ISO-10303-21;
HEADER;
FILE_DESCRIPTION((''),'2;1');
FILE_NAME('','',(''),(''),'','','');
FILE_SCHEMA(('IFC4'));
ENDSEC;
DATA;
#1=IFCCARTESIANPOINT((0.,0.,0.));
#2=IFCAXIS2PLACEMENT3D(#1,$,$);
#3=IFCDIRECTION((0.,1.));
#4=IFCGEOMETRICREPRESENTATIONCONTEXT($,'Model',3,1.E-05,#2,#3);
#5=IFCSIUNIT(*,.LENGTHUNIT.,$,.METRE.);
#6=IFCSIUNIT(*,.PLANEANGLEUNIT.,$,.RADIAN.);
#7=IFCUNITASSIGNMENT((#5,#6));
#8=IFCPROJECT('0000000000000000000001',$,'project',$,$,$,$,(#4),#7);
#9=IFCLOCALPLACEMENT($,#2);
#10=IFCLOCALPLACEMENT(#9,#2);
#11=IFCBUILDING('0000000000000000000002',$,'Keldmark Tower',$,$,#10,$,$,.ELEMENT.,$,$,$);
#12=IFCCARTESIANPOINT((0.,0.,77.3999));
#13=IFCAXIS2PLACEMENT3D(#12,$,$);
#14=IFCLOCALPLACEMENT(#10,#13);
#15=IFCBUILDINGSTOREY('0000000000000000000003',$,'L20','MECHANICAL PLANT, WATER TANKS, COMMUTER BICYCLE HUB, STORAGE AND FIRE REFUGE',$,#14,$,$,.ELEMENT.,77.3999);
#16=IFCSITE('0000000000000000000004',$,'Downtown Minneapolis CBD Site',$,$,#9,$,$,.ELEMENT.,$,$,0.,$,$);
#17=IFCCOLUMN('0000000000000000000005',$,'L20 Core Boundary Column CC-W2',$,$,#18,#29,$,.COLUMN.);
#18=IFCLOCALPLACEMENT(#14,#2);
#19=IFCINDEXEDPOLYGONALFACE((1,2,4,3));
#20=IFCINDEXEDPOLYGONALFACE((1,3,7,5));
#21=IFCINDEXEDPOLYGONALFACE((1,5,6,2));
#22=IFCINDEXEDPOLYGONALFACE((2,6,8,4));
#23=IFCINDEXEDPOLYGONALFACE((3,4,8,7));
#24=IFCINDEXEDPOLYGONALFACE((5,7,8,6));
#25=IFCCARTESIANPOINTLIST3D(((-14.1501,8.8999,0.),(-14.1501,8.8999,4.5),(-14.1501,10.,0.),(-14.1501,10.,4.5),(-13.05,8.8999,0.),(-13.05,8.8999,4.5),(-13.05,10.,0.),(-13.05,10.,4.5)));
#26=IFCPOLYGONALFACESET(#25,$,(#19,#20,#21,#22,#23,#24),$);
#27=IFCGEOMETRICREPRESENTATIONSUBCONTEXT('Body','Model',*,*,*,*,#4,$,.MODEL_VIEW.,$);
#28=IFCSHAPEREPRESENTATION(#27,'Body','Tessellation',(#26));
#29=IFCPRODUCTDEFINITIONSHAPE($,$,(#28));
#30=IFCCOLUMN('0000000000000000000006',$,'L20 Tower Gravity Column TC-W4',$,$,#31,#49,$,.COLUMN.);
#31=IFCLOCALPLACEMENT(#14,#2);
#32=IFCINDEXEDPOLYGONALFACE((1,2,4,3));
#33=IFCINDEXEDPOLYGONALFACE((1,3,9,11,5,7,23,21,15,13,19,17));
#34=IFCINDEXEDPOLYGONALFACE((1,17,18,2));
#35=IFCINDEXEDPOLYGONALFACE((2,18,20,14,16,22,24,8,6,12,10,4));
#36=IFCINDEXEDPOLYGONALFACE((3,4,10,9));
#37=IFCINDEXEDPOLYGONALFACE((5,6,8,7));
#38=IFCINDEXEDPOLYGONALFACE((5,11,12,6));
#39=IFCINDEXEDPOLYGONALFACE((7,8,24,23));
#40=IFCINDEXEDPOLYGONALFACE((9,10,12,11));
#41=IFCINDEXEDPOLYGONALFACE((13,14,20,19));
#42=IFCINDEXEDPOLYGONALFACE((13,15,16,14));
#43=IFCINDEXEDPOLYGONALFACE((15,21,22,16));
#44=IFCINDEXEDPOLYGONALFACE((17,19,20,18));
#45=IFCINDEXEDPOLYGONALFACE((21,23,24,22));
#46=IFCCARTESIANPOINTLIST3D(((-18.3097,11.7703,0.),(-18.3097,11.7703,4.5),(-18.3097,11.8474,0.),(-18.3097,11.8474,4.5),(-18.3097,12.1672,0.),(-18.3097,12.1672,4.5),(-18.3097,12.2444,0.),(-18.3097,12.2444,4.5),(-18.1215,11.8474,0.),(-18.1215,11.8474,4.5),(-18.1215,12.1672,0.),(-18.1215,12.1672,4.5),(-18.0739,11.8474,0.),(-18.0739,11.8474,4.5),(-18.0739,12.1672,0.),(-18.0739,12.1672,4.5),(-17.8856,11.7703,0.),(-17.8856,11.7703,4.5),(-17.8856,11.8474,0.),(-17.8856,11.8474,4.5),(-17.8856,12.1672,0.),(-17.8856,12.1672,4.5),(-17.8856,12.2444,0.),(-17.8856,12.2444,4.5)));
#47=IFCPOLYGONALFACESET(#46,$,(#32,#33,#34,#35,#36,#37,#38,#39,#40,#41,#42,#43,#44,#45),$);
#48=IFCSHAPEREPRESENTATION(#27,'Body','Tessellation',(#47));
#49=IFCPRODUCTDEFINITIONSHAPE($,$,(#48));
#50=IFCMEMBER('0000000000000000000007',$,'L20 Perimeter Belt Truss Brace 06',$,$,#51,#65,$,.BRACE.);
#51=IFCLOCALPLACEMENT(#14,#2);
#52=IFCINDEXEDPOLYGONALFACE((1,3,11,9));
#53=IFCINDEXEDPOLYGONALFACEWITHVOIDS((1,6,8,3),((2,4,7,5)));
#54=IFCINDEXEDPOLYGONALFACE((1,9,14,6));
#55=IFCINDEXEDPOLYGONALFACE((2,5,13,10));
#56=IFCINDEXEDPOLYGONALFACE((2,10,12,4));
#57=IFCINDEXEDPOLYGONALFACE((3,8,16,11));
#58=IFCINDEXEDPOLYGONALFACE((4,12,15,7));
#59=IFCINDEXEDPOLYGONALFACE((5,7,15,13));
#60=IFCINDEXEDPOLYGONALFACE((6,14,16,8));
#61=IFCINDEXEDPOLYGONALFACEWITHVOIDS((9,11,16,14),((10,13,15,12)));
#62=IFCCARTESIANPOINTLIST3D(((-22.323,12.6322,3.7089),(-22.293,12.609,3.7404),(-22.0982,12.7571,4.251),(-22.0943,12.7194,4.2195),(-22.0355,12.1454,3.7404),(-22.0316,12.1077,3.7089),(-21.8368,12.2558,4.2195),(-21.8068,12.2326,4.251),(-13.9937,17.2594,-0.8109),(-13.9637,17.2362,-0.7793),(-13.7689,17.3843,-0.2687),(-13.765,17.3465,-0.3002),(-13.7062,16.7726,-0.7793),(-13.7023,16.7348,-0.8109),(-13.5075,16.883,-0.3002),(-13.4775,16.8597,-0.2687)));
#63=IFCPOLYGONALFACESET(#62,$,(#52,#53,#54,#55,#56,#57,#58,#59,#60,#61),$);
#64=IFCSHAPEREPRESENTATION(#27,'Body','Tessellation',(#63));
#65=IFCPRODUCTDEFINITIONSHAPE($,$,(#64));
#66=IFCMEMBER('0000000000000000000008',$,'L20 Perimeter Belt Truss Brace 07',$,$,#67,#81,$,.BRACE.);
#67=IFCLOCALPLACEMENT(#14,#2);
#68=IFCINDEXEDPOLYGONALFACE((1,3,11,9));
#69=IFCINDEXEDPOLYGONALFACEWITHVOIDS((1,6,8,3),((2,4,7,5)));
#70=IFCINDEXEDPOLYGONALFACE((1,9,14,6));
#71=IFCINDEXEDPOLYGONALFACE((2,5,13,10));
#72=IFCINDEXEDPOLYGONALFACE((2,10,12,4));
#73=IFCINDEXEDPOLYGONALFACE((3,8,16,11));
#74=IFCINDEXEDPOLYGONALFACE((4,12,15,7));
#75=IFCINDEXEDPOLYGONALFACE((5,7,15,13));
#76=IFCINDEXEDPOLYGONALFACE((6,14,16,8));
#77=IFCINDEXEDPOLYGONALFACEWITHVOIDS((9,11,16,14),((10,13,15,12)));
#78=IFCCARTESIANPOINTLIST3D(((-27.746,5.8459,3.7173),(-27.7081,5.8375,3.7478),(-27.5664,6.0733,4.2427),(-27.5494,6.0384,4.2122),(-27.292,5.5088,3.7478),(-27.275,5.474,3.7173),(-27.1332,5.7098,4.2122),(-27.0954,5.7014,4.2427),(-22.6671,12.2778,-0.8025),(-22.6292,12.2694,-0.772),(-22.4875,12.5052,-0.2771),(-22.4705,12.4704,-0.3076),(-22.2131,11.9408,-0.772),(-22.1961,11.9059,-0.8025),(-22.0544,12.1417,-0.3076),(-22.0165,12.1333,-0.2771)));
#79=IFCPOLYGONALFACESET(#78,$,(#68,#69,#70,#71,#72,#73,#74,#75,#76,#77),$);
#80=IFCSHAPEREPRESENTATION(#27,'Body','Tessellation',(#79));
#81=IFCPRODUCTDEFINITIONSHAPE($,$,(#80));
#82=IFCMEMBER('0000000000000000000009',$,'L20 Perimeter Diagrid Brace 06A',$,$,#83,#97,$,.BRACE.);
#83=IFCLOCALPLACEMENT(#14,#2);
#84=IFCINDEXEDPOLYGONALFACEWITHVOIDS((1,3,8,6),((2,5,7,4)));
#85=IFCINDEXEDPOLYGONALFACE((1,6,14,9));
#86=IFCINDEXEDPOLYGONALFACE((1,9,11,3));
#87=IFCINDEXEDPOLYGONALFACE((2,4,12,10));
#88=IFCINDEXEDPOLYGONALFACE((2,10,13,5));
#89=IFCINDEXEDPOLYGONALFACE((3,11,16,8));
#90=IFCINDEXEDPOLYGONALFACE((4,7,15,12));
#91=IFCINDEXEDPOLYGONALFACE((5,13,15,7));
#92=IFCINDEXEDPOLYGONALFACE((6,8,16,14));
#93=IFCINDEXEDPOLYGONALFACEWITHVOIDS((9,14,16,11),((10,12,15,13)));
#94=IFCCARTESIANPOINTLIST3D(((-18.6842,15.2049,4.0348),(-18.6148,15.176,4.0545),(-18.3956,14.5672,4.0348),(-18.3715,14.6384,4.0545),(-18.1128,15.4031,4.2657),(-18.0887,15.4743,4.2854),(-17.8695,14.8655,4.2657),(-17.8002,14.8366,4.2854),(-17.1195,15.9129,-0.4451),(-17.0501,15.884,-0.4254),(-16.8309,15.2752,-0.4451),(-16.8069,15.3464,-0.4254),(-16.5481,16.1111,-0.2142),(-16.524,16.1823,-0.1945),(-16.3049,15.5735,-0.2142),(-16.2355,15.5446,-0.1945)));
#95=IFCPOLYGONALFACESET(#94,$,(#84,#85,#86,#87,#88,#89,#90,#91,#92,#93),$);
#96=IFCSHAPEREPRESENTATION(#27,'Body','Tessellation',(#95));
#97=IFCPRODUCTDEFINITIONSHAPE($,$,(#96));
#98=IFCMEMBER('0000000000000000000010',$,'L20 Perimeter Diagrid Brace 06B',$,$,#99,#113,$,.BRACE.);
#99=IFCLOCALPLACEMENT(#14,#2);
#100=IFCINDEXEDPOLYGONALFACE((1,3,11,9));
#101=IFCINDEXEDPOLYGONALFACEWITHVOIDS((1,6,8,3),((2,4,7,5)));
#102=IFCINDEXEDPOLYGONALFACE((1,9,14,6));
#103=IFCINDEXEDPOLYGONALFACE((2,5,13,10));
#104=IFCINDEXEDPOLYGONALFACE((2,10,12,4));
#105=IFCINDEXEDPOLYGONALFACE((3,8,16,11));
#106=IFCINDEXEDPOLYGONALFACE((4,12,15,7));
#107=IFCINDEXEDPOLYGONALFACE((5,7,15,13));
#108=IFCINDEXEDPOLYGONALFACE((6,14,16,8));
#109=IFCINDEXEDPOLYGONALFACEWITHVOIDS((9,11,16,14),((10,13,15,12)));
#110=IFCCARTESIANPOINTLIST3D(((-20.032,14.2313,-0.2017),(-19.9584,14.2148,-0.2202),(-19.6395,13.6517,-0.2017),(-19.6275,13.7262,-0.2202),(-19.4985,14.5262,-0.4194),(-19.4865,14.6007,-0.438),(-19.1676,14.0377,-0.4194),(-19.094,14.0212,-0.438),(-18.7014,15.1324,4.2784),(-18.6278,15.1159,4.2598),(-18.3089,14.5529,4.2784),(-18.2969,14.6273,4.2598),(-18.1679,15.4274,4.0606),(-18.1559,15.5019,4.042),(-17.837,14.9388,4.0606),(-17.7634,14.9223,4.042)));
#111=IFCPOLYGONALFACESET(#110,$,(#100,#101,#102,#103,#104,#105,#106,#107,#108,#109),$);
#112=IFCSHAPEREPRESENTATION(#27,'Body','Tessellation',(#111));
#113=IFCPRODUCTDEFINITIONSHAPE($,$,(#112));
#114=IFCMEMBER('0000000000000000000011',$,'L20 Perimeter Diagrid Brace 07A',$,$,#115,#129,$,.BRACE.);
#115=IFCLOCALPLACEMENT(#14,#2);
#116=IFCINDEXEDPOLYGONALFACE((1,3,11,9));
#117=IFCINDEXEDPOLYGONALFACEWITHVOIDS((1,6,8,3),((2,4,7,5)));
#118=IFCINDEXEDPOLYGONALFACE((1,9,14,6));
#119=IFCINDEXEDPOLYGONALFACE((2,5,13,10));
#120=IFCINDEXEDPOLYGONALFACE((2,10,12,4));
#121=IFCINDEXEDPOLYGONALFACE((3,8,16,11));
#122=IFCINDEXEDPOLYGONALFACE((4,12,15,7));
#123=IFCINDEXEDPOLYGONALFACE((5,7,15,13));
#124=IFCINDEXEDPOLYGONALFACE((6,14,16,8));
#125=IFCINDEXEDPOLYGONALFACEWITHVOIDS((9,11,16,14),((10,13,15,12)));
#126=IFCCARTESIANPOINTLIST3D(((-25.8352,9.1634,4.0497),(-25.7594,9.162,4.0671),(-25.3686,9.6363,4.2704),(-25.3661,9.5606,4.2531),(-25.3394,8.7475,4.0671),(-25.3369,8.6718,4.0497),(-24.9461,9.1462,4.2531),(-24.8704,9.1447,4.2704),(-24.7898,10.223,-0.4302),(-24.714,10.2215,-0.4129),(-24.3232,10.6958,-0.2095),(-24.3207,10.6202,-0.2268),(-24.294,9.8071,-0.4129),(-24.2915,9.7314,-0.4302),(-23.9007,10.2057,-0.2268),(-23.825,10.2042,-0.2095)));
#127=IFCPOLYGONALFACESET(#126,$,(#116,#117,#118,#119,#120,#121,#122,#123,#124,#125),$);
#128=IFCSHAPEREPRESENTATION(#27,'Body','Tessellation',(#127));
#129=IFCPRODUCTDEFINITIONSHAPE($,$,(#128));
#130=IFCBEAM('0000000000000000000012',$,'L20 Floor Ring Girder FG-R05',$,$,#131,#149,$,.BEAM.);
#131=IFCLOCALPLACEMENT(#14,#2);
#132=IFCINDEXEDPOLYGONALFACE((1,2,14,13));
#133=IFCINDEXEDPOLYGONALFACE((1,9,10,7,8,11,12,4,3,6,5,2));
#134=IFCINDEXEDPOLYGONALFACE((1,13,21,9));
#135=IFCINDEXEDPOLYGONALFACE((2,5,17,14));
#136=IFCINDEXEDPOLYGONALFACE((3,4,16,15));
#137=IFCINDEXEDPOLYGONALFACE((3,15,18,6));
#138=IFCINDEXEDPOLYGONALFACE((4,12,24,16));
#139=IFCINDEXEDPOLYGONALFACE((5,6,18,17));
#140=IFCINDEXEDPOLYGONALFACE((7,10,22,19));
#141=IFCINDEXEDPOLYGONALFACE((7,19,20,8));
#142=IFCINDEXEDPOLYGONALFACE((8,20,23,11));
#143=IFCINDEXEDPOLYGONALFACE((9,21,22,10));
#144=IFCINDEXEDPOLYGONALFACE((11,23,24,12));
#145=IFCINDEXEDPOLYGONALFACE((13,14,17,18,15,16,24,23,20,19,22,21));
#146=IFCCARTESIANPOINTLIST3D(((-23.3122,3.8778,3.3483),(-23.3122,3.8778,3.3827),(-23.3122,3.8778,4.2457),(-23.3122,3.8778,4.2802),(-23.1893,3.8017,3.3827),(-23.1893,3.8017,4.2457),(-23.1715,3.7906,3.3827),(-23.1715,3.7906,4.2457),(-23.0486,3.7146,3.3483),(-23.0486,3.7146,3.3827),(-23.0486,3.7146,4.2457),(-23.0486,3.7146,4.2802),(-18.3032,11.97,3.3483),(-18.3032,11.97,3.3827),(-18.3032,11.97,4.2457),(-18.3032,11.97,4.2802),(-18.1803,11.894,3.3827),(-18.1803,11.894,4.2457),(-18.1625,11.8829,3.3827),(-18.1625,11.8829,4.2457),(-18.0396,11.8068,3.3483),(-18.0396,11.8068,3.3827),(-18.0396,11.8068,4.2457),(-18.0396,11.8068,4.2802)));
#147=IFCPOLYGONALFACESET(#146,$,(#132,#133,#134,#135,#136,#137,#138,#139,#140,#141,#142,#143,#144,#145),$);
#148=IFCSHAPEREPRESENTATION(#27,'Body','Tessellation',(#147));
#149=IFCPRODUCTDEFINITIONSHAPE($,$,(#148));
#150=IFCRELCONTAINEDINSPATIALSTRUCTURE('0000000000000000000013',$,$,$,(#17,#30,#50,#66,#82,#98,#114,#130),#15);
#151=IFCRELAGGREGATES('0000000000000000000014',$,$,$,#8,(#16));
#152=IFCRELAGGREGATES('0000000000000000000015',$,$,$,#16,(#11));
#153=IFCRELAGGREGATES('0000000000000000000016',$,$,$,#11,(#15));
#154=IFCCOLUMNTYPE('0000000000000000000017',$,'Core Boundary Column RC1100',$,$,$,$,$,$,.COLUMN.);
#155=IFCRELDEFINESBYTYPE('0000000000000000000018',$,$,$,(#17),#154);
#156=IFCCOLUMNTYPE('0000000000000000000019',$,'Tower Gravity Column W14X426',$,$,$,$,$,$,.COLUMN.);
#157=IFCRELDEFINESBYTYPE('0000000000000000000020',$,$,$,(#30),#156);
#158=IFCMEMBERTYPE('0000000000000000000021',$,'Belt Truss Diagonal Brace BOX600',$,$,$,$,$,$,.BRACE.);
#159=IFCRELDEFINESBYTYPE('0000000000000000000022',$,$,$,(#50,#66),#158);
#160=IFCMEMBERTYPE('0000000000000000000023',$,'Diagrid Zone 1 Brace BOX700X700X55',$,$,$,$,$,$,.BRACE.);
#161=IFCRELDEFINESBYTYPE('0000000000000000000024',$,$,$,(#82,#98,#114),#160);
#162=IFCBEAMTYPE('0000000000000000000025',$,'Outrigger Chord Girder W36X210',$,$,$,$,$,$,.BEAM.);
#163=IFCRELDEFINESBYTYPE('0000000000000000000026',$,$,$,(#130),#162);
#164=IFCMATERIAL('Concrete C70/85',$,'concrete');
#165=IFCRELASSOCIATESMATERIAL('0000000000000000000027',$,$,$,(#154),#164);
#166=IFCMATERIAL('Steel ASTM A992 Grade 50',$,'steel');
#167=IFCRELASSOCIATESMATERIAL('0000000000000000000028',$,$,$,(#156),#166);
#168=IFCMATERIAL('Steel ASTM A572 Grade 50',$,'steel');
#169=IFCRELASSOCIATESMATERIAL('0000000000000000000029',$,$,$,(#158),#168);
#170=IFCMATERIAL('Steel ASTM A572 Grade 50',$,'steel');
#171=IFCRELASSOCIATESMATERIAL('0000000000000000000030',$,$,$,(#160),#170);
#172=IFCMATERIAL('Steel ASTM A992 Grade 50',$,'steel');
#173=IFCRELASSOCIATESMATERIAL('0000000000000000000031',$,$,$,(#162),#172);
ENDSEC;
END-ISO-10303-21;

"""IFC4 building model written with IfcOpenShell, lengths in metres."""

from ifc_helpers import new_model, si_unit, direction, frame, origin, origin_2d, place, context, subcontext, project, spatial, rectangle, hollow_rectangle, i_section, extrude, material, material_profile, profile_set, type_object, element, save


model = new_model("IFC4")

# Units and contexts
model_context = context("Model", 3, precision=1e-05, world=origin(), true_north=direction((0.0, 1.0)))
body_context = subcontext(model_context, "Body", "Model", "MODEL_VIEW")
ifc_project = project(units=[si_unit("LENGTHUNIT", "METRE"), si_unit("PLANEANGLEUNIT", "RADIAN")], contexts=[model_context])

# Site, building, storey
site_placement = place(None, origin())
site = spatial("IfcSite", under=ifc_project, at=site_placement, Name="Downtown Minneapolis CBD Site", CompositionType="ELEMENT", RefElevation=0.0)
building_placement = place(site_placement, origin())
building = spatial("IfcBuilding", under=site, at=building_placement, Name="Keldmark Tower", CompositionType="ELEMENT")
storey_placement = place(building_placement, frame((0.0, 0.0, 77.3999)))
storey = spatial("IfcBuildingStorey", under=building, at=storey_placement, Name="L20", Description="MECHANICAL PLANT, WATER TANKS, COMMUTER BICYCLE HUB, STORAGE AND FIRE REFUGE", CompositionType="ELEMENT", Elevation=77.3999)

# Columns
ifc_material_1 = material(Name="Concrete C70/85", Category="concrete")
ifc_material_profile_1 = material_profile(ifc_material_1, rectangle(XDim=1.1001, YDim=1.1001, at=origin_2d()), Name="RC1100X1100")
ifc_profile_set_1 = profile_set([ifc_material_profile_1], Name="Concrete C70/85")
column_type_1 = type_object("IfcColumnType", Name="Core Boundary Column RC1100", PredefinedType="COLUMN", material=ifc_profile_set_1)
column_1_placement = place(storey_placement, frame((-13.6001, 9.45, 0.0), z_axis=(0.0, 0.0, 1.0), x_axis=(1.0, 0.0, 0.0)))
element("IfcColumn", 1, at=column_1_placement, inside=storey, type_object=column_type_1, Name="L20 Core Boundary Column CC-W2", PredefinedType="COLUMN", context=body_context, shape_type="SweptSolid", body=[
    extrude(rectangle(XDim=1.1001, YDim=1.1001, at=origin_2d()), origin(), (0.0, 0.0, 1.0), 4.5),
])
ifc_material_2 = material(Name="Steel ASTM A992 Grade 50", Category="steel")
ifc_material_profile_2 = material_profile(ifc_material_2, i_section(OverallWidth=0.4241, OverallDepth=0.4741, WebThickness=0.0476, FlangeThickness=0.0771, at=origin_2d()), Name="W14X426")
ifc_profile_set_2 = profile_set([ifc_material_profile_2], Name="Steel ASTM A992 Grade 50")
column_type_2 = type_object("IfcColumnType", Name="Tower Gravity Column W14X426", PredefinedType="COLUMN", material=ifc_profile_set_2)
column_2_placement = place(storey_placement, frame((-18.0977, 12.0073, 0.0), z_axis=(0.0, 0.0, 1.0), x_axis=(1.0, 0.0, 0.0)))
element("IfcColumn", 2, at=column_2_placement, inside=storey, type_object=column_type_2, Name="L20 Tower Gravity Column TC-W4", PredefinedType="COLUMN", context=body_context, shape_type="SweptSolid", body=[
    extrude(i_section(OverallWidth=0.4241, OverallDepth=0.4741, WebThickness=0.0476, FlangeThickness=0.0771, at=origin_2d()), origin(), (0.0, 0.0, 1.0), 4.5),
])

# Members
ifc_material_3 = material(Name="Steel ASTM A572 Grade 50", Category="steel")
ifc_material_profile_3 = material_profile(ifc_material_3, hollow_rectangle(XDim=0.6001, YDim=0.6001, WallThickness=0.0349, at=origin_2d()), Name="BOX600X600X35")
ifc_profile_set_3 = profile_set([ifc_material_profile_3], Name="Steel ASTM A572 Grade 50")
member_type_1 = type_object("IfcMemberType", Name="Belt Truss Diagonal Brace BOX600", PredefinedType="BRACE", material=ifc_profile_set_3)
member_1_placement = place(storey_placement, frame((-13.7356, 17.0596, -0.5398), z_axis=(-0.789814, -0.438765, 0.428579), x_axis=(0.485626, -0.874167, 0.0)))
element("IfcMember", 3, at=member_1_placement, inside=storey, type_object=member_type_1, Name="L20 Perimeter Belt Truss Brace 06", PredefinedType="BRACE", context=body_context, shape_type="SweptSolid", body=[
    extrude(hollow_rectangle(XDim=0.6001, YDim=0.6001, WallThickness=0.0349, at=origin_2d()), origin(), (0.0, 0.0, 1.0), 10.5459),
])
member_2_placement = place(storey_placement, frame((-22.3418, 12.2056, -0.5398), z_axis=(-0.542667, -0.687235, 0.48293), x_axis=(0.78482, -0.619723, 0.0)))
element("IfcMember", 4, at=member_2_placement, inside=storey, type_object=member_type_1, Name="L20 Perimeter Belt Truss Brace 07", PredefinedType="BRACE", context=body_context, shape_type="SweptSolid", body=[
    extrude(hollow_rectangle(XDim=0.6001, YDim=0.6001, WallThickness=0.0349, at=origin_2d()), origin(), (0.0, 0.0, 1.0), 9.3591),
])
ifc_material_4 = material(Name="Steel ASTM A572 Grade 50", Category="steel")
ifc_material_profile_4 = material_profile(ifc_material_4, hollow_rectangle(XDim=0.7, YDim=0.7, WallThickness=0.0549, at=origin_2d()), Name="BOX700X700X55")
ifc_profile_set_4 = profile_set([ifc_material_profile_4], Name="Steel ASTM A572 Grade 50")
member_type_2 = type_object("IfcMemberType", Name="Diagrid Zone 1 Brace BOX700X700X55", PredefinedType="BRACE", material=ifc_profile_set_4)
member_3_placement = place(storey_placement, frame((-16.6775, 15.7288, -0.3198), z_axis=(-0.326122, -0.147566, 0.933739), x_axis=(0.412249, -0.911071, 0.0)))
element("IfcMember", 5, at=member_3_placement, inside=storey, type_object=member_type_2, Name="L20 Perimeter Diagrid Brace 06A", PredefinedType="BRACE", context=body_context, shape_type="SweptSolid", body=[
    extrude(hollow_rectangle(XDim=0.7, YDim=0.7, WallThickness=0.0549, at=origin_2d()), origin(), (0.0, 0.0, 1.0), 4.7979),
])
member_4_placement = place(storey_placement, frame((-19.563, 14.1262, -0.3198), z_axis=(0.279561, 0.189332, 0.941275), x_axis=(-0.560751, 0.827985, 0.0)))
element("IfcMember", 6, at=member_4_placement, inside=storey, type_object=member_type_2, Name="L20 Perimeter Diagrid Brace 06B", PredefinedType="BRACE", context=body_context, shape_type="SweptSolid", body=[
    extrude(hollow_rectangle(XDim=0.7, YDim=0.7, WallThickness=0.0549, at=origin_2d()), origin(), (0.0, 0.0, 1.0), 4.7595),
])
member_5_placement = place(storey_placement, frame((-24.3074, 10.2136, -0.3198), z_axis=(-0.221448, -0.224448, 0.948991), x_axis=(0.711847, -0.702334, 0.0)))
element("IfcMember", 7, at=member_5_placement, inside=storey, type_object=member_type_2, Name="L20 Perimeter Diagrid Brace 07A", PredefinedType="BRACE", context=body_context, shape_type="SweptSolid", body=[
    extrude(hollow_rectangle(XDim=0.7, YDim=0.7, WallThickness=0.0549, at=origin_2d()), origin(), (0.0, 0.0, 1.0), 4.7207),
])

# Beam
ifc_material_5 = material(Name="Steel ASTM A992 Grade 50", Category="steel")
ifc_material_profile_5 = material_profile(ifc_material_5, i_section(OverallWidth=0.3101, OverallDepth=0.9319, WebThickness=0.021, FlangeThickness=0.0344, at=origin_2d()), Name="W36X210")
ifc_profile_set_5 = profile_set([ifc_material_profile_5], Name="Steel ASTM A992 Grade 50")
beam_type_1 = type_object("IfcBeamType", Name="Outrigger Chord Girder W36X210", PredefinedType="BEAM", material=ifc_profile_set_5)
beam_1_placement = place(storey_placement, frame((-18.1714, 11.8884, 3.8142), z_axis=(-0.526318, -0.850288, 0.0), x_axis=(0.850288, -0.526318, 0.0)))
element("IfcBeam", 8, at=beam_1_placement, inside=storey, type_object=beam_type_1, Name="L20 Floor Ring Girder FG-R05", PredefinedType="BEAM", context=body_context, shape_type="SweptSolid", body=[
    extrude(i_section(OverallWidth=0.3101, OverallDepth=0.9319, WebThickness=0.021, FlangeThickness=0.0344, at=origin_2d()), origin(), (0.0, 0.0, 1.0), 9.5171),
])

save(model, "model.ifc")
